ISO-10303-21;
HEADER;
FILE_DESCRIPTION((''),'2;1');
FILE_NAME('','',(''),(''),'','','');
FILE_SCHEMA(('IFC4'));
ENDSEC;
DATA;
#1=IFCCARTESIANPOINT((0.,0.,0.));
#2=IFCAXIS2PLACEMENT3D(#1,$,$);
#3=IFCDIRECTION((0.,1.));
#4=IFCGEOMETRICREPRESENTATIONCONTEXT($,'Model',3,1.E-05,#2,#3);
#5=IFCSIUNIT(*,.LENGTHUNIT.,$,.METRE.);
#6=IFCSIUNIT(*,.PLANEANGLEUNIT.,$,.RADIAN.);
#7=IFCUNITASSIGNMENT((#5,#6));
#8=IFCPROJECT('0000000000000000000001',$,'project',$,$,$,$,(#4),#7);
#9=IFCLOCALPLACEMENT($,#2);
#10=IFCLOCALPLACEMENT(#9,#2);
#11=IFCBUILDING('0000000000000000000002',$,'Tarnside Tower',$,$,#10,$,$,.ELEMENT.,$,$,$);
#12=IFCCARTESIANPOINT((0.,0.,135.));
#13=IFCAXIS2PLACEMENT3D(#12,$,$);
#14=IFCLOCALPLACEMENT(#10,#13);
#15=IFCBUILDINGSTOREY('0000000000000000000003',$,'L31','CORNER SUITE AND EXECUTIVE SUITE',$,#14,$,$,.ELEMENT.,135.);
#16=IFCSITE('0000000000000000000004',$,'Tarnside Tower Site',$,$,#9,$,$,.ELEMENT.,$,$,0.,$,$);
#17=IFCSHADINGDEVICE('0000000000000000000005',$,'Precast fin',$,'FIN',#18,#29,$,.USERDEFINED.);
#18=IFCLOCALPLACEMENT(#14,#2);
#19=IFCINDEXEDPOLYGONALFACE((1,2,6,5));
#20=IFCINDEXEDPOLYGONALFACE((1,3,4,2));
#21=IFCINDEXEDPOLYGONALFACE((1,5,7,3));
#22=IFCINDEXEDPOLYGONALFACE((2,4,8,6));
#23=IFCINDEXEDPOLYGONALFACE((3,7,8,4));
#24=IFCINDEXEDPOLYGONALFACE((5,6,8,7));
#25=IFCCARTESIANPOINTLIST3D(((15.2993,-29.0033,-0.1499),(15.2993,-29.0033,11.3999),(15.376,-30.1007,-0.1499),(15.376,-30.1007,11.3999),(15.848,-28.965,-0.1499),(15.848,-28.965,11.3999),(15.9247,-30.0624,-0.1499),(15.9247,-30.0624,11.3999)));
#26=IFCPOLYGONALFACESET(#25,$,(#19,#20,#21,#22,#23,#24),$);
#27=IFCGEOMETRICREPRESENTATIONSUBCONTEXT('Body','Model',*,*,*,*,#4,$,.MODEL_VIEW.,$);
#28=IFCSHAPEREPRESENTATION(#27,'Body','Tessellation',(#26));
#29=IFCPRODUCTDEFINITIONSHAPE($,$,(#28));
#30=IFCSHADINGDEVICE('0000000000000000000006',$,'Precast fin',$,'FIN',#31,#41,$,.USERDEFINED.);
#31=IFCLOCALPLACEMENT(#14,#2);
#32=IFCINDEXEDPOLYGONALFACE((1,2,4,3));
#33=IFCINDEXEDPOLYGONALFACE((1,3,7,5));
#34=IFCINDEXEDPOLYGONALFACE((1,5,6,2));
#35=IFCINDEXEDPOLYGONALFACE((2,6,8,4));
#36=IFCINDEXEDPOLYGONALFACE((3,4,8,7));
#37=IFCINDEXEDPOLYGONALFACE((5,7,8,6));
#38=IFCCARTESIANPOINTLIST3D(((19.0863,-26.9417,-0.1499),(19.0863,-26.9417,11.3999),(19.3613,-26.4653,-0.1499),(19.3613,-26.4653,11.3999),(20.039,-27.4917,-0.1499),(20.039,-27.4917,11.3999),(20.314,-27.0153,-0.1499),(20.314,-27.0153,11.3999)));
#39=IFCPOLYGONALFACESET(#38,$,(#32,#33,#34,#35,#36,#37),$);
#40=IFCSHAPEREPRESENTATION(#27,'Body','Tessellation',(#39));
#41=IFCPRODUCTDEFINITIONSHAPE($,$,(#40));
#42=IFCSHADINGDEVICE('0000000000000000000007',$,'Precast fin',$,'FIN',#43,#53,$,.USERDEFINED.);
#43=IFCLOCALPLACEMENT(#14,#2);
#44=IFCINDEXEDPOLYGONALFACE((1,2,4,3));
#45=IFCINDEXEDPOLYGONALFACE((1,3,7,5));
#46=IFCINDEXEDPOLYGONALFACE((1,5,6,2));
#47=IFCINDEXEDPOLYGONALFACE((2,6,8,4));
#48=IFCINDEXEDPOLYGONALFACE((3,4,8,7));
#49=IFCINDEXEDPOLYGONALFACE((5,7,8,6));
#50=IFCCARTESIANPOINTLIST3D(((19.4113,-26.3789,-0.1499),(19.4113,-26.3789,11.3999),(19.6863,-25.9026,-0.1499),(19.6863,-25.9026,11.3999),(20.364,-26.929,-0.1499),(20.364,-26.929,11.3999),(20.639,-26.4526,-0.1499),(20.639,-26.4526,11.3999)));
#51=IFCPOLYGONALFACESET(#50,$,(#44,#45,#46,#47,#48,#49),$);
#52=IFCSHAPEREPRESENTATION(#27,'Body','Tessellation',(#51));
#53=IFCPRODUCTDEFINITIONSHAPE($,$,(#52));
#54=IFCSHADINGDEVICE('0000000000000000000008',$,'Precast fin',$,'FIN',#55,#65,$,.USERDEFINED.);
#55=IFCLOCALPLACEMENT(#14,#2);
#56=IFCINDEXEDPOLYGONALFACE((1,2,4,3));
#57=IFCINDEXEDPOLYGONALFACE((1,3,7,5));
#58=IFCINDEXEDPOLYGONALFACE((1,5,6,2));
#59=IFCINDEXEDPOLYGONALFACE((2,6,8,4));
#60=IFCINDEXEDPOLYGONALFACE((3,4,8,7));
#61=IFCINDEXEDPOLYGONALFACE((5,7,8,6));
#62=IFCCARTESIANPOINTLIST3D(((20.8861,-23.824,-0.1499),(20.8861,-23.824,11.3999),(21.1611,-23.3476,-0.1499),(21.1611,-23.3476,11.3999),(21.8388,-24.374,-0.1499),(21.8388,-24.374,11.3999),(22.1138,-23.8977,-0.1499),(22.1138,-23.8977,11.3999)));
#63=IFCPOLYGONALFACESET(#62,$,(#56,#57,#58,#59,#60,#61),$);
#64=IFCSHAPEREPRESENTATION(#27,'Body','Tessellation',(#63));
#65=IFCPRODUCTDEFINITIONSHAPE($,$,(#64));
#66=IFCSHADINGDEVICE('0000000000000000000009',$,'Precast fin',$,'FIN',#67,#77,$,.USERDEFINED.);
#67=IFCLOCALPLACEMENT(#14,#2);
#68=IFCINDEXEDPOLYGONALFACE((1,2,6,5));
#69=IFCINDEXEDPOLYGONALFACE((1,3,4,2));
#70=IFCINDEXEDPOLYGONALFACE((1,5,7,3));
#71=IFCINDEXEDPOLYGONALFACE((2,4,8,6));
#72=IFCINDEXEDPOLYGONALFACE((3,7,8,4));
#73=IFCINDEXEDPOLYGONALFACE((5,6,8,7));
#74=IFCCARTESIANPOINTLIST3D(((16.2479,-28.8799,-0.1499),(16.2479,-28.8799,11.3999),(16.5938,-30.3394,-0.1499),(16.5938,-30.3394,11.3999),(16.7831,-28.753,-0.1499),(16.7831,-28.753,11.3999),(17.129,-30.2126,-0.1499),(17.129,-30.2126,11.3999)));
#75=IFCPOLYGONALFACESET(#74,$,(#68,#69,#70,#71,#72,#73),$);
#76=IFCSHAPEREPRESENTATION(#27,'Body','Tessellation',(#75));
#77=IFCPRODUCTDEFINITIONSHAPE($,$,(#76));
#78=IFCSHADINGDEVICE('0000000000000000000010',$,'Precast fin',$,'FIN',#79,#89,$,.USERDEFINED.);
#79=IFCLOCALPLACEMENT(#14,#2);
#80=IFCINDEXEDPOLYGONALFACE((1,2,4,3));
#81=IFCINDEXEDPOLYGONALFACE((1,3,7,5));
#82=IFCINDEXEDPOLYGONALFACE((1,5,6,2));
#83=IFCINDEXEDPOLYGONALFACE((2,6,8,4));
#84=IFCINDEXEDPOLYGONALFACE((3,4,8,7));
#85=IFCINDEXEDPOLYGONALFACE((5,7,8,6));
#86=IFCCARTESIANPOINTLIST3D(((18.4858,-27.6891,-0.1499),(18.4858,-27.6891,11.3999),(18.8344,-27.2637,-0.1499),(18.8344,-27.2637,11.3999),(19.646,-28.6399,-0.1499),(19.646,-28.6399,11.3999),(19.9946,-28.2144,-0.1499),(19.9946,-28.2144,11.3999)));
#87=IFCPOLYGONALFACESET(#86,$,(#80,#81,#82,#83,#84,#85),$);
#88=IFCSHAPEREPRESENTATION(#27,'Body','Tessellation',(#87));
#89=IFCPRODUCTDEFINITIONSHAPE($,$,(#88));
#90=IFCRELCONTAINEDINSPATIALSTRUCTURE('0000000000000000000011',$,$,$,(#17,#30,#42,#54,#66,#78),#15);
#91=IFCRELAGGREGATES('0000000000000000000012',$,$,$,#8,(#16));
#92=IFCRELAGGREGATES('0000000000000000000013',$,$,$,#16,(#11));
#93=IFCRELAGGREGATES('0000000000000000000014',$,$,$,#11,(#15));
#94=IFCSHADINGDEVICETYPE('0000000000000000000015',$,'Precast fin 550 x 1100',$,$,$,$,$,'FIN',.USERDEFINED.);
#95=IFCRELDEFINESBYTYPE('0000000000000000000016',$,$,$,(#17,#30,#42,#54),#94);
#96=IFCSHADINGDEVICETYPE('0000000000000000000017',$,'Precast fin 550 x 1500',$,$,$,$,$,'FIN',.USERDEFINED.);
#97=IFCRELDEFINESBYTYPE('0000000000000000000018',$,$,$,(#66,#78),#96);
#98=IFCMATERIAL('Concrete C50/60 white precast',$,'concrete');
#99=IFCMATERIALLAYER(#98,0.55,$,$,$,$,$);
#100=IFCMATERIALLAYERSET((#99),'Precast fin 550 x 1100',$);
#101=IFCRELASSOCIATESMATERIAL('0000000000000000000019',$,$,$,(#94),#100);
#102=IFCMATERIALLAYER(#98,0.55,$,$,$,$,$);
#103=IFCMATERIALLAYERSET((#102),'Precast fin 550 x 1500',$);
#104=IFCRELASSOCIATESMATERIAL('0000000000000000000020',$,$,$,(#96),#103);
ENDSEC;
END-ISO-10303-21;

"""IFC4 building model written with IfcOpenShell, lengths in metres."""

from ifc_helpers import new_model, si_unit, direction, frame, origin, place, context, subcontext, project, spatial, polyline, outline, extrude, material, layer, layer_set, type_object, element, save


model = new_model("IFC4")

# Units and contexts
model_context = context("Model", 3, precision=1e-05, world=origin(), true_north=direction((0.0, 1.0)))
body_context = subcontext(model_context, "Body", "Model", "MODEL_VIEW")
ifc_project = project(units=[si_unit("LENGTHUNIT", "METRE"), si_unit("PLANEANGLEUNIT", "RADIAN")], contexts=[model_context])

# Site, building, storey
site_placement = place(None, origin())
site = spatial("IfcSite", under=ifc_project, at=site_placement, Name="Tarnside Tower Site", CompositionType="ELEMENT", RefElevation=0.0)
building_placement = place(site_placement, origin())
building = spatial("IfcBuilding", under=site, at=building_placement, Name="Tarnside Tower", CompositionType="ELEMENT")
storey_placement = place(building_placement, frame((0.0, 0.0, 135.0)))
storey = spatial("IfcBuildingStorey", under=building, at=storey_placement, Name="L31", Description="CORNER SUITE AND EXECUTIVE SUITE", CompositionType="ELEMENT", Elevation=135.0)

# Shading devices
ifc_material_1 = material(Name="Concrete C50/60 white precast", Category="concrete")
ifc_layer_1 = layer(ifc_material_1, 0.55)
ifc_layer_set_1 = layer_set([ifc_layer_1], Name="Precast fin 550 x 1100")
shading_device_type_1 = type_object("IfcShadingDeviceType", Name="Precast fin 550 x 1100", ElementType="FIN", PredefinedType="USERDEFINED", material=ifc_layer_set_1)
for number, where, z_axis, x_axis, name in (
    (1, (15.5737, -28.9841, -0.1499), (-0.997564, -0.069756, 0.0), (0.069756, -0.997564, 0.0), "Precast fin"),
    (2, (19.2239, -26.7034, -0.1499), (-0.5, -0.866025, 0.0), (0.866025, -0.5, 0.0), "Precast fin"),
    (3, (19.5488, -26.1406, -0.1499), (-0.5, -0.866025, 0.0), (0.866025, -0.5, 0.0), "Precast fin"),
    (4, (21.0237, -23.5857, -0.1499), (-0.5, -0.866025, 0.0), (0.866025, -0.5, 0.0), "Precast fin"),
):
    element("IfcShadingDevice", number, at=place(storey_placement, frame(where, z_axis=z_axis, x_axis=x_axis)), inside=storey, type_object=shading_device_type_1, Name=name, ObjectType="FIN", PredefinedType="USERDEFINED", context=body_context, shape_type="SweptSolid", body=[
        extrude(outline(polyline([(0.0, 0.0), (1.1001, 0.0), (1.1001, 11.5498), (0.0, 11.5498), (0.0, 0.0)])), frame((0.0, 0.0, -0.2749)), (0.0, 0.0, 1.0), 0.55),
    ])
ifc_layer_2 = layer(ifc_material_1, 0.55)
ifc_layer_set_2 = layer_set([ifc_layer_2], Name="Precast fin 550 x 1500")
shading_device_type_2 = type_object("IfcShadingDeviceType", Name="Precast fin 550 x 1500", ElementType="FIN", PredefinedType="USERDEFINED", material=ifc_layer_set_2)
for number, where, z_axis, x_axis, name in (
    (5, (16.5156, -28.8164, -0.1499), (-0.973045, -0.230616, 0.0), (0.230616, -0.973045, 0.0), "Precast fin"),
    (6, (18.6602, -27.4763, -0.1499), (-0.633831, -0.773472, 0.0), (0.773472, -0.633831, 0.0), "Precast fin"),
):
    element("IfcShadingDevice", number, at=place(storey_placement, frame(where, z_axis=z_axis, x_axis=x_axis)), inside=storey, type_object=shading_device_type_2, Name=name, ObjectType="FIN", PredefinedType="USERDEFINED", context=body_context, shape_type="SweptSolid", body=[
        extrude(outline(polyline([(0.0, 0.0), (1.5, 0.0), (1.5, 11.5498), (0.0, 11.5498), (0.0, 0.0)])), frame((0.0, 0.0, -0.2749)), (0.0, 0.0, 1.0), 0.55),
    ])

save(model, "model.ifc")
